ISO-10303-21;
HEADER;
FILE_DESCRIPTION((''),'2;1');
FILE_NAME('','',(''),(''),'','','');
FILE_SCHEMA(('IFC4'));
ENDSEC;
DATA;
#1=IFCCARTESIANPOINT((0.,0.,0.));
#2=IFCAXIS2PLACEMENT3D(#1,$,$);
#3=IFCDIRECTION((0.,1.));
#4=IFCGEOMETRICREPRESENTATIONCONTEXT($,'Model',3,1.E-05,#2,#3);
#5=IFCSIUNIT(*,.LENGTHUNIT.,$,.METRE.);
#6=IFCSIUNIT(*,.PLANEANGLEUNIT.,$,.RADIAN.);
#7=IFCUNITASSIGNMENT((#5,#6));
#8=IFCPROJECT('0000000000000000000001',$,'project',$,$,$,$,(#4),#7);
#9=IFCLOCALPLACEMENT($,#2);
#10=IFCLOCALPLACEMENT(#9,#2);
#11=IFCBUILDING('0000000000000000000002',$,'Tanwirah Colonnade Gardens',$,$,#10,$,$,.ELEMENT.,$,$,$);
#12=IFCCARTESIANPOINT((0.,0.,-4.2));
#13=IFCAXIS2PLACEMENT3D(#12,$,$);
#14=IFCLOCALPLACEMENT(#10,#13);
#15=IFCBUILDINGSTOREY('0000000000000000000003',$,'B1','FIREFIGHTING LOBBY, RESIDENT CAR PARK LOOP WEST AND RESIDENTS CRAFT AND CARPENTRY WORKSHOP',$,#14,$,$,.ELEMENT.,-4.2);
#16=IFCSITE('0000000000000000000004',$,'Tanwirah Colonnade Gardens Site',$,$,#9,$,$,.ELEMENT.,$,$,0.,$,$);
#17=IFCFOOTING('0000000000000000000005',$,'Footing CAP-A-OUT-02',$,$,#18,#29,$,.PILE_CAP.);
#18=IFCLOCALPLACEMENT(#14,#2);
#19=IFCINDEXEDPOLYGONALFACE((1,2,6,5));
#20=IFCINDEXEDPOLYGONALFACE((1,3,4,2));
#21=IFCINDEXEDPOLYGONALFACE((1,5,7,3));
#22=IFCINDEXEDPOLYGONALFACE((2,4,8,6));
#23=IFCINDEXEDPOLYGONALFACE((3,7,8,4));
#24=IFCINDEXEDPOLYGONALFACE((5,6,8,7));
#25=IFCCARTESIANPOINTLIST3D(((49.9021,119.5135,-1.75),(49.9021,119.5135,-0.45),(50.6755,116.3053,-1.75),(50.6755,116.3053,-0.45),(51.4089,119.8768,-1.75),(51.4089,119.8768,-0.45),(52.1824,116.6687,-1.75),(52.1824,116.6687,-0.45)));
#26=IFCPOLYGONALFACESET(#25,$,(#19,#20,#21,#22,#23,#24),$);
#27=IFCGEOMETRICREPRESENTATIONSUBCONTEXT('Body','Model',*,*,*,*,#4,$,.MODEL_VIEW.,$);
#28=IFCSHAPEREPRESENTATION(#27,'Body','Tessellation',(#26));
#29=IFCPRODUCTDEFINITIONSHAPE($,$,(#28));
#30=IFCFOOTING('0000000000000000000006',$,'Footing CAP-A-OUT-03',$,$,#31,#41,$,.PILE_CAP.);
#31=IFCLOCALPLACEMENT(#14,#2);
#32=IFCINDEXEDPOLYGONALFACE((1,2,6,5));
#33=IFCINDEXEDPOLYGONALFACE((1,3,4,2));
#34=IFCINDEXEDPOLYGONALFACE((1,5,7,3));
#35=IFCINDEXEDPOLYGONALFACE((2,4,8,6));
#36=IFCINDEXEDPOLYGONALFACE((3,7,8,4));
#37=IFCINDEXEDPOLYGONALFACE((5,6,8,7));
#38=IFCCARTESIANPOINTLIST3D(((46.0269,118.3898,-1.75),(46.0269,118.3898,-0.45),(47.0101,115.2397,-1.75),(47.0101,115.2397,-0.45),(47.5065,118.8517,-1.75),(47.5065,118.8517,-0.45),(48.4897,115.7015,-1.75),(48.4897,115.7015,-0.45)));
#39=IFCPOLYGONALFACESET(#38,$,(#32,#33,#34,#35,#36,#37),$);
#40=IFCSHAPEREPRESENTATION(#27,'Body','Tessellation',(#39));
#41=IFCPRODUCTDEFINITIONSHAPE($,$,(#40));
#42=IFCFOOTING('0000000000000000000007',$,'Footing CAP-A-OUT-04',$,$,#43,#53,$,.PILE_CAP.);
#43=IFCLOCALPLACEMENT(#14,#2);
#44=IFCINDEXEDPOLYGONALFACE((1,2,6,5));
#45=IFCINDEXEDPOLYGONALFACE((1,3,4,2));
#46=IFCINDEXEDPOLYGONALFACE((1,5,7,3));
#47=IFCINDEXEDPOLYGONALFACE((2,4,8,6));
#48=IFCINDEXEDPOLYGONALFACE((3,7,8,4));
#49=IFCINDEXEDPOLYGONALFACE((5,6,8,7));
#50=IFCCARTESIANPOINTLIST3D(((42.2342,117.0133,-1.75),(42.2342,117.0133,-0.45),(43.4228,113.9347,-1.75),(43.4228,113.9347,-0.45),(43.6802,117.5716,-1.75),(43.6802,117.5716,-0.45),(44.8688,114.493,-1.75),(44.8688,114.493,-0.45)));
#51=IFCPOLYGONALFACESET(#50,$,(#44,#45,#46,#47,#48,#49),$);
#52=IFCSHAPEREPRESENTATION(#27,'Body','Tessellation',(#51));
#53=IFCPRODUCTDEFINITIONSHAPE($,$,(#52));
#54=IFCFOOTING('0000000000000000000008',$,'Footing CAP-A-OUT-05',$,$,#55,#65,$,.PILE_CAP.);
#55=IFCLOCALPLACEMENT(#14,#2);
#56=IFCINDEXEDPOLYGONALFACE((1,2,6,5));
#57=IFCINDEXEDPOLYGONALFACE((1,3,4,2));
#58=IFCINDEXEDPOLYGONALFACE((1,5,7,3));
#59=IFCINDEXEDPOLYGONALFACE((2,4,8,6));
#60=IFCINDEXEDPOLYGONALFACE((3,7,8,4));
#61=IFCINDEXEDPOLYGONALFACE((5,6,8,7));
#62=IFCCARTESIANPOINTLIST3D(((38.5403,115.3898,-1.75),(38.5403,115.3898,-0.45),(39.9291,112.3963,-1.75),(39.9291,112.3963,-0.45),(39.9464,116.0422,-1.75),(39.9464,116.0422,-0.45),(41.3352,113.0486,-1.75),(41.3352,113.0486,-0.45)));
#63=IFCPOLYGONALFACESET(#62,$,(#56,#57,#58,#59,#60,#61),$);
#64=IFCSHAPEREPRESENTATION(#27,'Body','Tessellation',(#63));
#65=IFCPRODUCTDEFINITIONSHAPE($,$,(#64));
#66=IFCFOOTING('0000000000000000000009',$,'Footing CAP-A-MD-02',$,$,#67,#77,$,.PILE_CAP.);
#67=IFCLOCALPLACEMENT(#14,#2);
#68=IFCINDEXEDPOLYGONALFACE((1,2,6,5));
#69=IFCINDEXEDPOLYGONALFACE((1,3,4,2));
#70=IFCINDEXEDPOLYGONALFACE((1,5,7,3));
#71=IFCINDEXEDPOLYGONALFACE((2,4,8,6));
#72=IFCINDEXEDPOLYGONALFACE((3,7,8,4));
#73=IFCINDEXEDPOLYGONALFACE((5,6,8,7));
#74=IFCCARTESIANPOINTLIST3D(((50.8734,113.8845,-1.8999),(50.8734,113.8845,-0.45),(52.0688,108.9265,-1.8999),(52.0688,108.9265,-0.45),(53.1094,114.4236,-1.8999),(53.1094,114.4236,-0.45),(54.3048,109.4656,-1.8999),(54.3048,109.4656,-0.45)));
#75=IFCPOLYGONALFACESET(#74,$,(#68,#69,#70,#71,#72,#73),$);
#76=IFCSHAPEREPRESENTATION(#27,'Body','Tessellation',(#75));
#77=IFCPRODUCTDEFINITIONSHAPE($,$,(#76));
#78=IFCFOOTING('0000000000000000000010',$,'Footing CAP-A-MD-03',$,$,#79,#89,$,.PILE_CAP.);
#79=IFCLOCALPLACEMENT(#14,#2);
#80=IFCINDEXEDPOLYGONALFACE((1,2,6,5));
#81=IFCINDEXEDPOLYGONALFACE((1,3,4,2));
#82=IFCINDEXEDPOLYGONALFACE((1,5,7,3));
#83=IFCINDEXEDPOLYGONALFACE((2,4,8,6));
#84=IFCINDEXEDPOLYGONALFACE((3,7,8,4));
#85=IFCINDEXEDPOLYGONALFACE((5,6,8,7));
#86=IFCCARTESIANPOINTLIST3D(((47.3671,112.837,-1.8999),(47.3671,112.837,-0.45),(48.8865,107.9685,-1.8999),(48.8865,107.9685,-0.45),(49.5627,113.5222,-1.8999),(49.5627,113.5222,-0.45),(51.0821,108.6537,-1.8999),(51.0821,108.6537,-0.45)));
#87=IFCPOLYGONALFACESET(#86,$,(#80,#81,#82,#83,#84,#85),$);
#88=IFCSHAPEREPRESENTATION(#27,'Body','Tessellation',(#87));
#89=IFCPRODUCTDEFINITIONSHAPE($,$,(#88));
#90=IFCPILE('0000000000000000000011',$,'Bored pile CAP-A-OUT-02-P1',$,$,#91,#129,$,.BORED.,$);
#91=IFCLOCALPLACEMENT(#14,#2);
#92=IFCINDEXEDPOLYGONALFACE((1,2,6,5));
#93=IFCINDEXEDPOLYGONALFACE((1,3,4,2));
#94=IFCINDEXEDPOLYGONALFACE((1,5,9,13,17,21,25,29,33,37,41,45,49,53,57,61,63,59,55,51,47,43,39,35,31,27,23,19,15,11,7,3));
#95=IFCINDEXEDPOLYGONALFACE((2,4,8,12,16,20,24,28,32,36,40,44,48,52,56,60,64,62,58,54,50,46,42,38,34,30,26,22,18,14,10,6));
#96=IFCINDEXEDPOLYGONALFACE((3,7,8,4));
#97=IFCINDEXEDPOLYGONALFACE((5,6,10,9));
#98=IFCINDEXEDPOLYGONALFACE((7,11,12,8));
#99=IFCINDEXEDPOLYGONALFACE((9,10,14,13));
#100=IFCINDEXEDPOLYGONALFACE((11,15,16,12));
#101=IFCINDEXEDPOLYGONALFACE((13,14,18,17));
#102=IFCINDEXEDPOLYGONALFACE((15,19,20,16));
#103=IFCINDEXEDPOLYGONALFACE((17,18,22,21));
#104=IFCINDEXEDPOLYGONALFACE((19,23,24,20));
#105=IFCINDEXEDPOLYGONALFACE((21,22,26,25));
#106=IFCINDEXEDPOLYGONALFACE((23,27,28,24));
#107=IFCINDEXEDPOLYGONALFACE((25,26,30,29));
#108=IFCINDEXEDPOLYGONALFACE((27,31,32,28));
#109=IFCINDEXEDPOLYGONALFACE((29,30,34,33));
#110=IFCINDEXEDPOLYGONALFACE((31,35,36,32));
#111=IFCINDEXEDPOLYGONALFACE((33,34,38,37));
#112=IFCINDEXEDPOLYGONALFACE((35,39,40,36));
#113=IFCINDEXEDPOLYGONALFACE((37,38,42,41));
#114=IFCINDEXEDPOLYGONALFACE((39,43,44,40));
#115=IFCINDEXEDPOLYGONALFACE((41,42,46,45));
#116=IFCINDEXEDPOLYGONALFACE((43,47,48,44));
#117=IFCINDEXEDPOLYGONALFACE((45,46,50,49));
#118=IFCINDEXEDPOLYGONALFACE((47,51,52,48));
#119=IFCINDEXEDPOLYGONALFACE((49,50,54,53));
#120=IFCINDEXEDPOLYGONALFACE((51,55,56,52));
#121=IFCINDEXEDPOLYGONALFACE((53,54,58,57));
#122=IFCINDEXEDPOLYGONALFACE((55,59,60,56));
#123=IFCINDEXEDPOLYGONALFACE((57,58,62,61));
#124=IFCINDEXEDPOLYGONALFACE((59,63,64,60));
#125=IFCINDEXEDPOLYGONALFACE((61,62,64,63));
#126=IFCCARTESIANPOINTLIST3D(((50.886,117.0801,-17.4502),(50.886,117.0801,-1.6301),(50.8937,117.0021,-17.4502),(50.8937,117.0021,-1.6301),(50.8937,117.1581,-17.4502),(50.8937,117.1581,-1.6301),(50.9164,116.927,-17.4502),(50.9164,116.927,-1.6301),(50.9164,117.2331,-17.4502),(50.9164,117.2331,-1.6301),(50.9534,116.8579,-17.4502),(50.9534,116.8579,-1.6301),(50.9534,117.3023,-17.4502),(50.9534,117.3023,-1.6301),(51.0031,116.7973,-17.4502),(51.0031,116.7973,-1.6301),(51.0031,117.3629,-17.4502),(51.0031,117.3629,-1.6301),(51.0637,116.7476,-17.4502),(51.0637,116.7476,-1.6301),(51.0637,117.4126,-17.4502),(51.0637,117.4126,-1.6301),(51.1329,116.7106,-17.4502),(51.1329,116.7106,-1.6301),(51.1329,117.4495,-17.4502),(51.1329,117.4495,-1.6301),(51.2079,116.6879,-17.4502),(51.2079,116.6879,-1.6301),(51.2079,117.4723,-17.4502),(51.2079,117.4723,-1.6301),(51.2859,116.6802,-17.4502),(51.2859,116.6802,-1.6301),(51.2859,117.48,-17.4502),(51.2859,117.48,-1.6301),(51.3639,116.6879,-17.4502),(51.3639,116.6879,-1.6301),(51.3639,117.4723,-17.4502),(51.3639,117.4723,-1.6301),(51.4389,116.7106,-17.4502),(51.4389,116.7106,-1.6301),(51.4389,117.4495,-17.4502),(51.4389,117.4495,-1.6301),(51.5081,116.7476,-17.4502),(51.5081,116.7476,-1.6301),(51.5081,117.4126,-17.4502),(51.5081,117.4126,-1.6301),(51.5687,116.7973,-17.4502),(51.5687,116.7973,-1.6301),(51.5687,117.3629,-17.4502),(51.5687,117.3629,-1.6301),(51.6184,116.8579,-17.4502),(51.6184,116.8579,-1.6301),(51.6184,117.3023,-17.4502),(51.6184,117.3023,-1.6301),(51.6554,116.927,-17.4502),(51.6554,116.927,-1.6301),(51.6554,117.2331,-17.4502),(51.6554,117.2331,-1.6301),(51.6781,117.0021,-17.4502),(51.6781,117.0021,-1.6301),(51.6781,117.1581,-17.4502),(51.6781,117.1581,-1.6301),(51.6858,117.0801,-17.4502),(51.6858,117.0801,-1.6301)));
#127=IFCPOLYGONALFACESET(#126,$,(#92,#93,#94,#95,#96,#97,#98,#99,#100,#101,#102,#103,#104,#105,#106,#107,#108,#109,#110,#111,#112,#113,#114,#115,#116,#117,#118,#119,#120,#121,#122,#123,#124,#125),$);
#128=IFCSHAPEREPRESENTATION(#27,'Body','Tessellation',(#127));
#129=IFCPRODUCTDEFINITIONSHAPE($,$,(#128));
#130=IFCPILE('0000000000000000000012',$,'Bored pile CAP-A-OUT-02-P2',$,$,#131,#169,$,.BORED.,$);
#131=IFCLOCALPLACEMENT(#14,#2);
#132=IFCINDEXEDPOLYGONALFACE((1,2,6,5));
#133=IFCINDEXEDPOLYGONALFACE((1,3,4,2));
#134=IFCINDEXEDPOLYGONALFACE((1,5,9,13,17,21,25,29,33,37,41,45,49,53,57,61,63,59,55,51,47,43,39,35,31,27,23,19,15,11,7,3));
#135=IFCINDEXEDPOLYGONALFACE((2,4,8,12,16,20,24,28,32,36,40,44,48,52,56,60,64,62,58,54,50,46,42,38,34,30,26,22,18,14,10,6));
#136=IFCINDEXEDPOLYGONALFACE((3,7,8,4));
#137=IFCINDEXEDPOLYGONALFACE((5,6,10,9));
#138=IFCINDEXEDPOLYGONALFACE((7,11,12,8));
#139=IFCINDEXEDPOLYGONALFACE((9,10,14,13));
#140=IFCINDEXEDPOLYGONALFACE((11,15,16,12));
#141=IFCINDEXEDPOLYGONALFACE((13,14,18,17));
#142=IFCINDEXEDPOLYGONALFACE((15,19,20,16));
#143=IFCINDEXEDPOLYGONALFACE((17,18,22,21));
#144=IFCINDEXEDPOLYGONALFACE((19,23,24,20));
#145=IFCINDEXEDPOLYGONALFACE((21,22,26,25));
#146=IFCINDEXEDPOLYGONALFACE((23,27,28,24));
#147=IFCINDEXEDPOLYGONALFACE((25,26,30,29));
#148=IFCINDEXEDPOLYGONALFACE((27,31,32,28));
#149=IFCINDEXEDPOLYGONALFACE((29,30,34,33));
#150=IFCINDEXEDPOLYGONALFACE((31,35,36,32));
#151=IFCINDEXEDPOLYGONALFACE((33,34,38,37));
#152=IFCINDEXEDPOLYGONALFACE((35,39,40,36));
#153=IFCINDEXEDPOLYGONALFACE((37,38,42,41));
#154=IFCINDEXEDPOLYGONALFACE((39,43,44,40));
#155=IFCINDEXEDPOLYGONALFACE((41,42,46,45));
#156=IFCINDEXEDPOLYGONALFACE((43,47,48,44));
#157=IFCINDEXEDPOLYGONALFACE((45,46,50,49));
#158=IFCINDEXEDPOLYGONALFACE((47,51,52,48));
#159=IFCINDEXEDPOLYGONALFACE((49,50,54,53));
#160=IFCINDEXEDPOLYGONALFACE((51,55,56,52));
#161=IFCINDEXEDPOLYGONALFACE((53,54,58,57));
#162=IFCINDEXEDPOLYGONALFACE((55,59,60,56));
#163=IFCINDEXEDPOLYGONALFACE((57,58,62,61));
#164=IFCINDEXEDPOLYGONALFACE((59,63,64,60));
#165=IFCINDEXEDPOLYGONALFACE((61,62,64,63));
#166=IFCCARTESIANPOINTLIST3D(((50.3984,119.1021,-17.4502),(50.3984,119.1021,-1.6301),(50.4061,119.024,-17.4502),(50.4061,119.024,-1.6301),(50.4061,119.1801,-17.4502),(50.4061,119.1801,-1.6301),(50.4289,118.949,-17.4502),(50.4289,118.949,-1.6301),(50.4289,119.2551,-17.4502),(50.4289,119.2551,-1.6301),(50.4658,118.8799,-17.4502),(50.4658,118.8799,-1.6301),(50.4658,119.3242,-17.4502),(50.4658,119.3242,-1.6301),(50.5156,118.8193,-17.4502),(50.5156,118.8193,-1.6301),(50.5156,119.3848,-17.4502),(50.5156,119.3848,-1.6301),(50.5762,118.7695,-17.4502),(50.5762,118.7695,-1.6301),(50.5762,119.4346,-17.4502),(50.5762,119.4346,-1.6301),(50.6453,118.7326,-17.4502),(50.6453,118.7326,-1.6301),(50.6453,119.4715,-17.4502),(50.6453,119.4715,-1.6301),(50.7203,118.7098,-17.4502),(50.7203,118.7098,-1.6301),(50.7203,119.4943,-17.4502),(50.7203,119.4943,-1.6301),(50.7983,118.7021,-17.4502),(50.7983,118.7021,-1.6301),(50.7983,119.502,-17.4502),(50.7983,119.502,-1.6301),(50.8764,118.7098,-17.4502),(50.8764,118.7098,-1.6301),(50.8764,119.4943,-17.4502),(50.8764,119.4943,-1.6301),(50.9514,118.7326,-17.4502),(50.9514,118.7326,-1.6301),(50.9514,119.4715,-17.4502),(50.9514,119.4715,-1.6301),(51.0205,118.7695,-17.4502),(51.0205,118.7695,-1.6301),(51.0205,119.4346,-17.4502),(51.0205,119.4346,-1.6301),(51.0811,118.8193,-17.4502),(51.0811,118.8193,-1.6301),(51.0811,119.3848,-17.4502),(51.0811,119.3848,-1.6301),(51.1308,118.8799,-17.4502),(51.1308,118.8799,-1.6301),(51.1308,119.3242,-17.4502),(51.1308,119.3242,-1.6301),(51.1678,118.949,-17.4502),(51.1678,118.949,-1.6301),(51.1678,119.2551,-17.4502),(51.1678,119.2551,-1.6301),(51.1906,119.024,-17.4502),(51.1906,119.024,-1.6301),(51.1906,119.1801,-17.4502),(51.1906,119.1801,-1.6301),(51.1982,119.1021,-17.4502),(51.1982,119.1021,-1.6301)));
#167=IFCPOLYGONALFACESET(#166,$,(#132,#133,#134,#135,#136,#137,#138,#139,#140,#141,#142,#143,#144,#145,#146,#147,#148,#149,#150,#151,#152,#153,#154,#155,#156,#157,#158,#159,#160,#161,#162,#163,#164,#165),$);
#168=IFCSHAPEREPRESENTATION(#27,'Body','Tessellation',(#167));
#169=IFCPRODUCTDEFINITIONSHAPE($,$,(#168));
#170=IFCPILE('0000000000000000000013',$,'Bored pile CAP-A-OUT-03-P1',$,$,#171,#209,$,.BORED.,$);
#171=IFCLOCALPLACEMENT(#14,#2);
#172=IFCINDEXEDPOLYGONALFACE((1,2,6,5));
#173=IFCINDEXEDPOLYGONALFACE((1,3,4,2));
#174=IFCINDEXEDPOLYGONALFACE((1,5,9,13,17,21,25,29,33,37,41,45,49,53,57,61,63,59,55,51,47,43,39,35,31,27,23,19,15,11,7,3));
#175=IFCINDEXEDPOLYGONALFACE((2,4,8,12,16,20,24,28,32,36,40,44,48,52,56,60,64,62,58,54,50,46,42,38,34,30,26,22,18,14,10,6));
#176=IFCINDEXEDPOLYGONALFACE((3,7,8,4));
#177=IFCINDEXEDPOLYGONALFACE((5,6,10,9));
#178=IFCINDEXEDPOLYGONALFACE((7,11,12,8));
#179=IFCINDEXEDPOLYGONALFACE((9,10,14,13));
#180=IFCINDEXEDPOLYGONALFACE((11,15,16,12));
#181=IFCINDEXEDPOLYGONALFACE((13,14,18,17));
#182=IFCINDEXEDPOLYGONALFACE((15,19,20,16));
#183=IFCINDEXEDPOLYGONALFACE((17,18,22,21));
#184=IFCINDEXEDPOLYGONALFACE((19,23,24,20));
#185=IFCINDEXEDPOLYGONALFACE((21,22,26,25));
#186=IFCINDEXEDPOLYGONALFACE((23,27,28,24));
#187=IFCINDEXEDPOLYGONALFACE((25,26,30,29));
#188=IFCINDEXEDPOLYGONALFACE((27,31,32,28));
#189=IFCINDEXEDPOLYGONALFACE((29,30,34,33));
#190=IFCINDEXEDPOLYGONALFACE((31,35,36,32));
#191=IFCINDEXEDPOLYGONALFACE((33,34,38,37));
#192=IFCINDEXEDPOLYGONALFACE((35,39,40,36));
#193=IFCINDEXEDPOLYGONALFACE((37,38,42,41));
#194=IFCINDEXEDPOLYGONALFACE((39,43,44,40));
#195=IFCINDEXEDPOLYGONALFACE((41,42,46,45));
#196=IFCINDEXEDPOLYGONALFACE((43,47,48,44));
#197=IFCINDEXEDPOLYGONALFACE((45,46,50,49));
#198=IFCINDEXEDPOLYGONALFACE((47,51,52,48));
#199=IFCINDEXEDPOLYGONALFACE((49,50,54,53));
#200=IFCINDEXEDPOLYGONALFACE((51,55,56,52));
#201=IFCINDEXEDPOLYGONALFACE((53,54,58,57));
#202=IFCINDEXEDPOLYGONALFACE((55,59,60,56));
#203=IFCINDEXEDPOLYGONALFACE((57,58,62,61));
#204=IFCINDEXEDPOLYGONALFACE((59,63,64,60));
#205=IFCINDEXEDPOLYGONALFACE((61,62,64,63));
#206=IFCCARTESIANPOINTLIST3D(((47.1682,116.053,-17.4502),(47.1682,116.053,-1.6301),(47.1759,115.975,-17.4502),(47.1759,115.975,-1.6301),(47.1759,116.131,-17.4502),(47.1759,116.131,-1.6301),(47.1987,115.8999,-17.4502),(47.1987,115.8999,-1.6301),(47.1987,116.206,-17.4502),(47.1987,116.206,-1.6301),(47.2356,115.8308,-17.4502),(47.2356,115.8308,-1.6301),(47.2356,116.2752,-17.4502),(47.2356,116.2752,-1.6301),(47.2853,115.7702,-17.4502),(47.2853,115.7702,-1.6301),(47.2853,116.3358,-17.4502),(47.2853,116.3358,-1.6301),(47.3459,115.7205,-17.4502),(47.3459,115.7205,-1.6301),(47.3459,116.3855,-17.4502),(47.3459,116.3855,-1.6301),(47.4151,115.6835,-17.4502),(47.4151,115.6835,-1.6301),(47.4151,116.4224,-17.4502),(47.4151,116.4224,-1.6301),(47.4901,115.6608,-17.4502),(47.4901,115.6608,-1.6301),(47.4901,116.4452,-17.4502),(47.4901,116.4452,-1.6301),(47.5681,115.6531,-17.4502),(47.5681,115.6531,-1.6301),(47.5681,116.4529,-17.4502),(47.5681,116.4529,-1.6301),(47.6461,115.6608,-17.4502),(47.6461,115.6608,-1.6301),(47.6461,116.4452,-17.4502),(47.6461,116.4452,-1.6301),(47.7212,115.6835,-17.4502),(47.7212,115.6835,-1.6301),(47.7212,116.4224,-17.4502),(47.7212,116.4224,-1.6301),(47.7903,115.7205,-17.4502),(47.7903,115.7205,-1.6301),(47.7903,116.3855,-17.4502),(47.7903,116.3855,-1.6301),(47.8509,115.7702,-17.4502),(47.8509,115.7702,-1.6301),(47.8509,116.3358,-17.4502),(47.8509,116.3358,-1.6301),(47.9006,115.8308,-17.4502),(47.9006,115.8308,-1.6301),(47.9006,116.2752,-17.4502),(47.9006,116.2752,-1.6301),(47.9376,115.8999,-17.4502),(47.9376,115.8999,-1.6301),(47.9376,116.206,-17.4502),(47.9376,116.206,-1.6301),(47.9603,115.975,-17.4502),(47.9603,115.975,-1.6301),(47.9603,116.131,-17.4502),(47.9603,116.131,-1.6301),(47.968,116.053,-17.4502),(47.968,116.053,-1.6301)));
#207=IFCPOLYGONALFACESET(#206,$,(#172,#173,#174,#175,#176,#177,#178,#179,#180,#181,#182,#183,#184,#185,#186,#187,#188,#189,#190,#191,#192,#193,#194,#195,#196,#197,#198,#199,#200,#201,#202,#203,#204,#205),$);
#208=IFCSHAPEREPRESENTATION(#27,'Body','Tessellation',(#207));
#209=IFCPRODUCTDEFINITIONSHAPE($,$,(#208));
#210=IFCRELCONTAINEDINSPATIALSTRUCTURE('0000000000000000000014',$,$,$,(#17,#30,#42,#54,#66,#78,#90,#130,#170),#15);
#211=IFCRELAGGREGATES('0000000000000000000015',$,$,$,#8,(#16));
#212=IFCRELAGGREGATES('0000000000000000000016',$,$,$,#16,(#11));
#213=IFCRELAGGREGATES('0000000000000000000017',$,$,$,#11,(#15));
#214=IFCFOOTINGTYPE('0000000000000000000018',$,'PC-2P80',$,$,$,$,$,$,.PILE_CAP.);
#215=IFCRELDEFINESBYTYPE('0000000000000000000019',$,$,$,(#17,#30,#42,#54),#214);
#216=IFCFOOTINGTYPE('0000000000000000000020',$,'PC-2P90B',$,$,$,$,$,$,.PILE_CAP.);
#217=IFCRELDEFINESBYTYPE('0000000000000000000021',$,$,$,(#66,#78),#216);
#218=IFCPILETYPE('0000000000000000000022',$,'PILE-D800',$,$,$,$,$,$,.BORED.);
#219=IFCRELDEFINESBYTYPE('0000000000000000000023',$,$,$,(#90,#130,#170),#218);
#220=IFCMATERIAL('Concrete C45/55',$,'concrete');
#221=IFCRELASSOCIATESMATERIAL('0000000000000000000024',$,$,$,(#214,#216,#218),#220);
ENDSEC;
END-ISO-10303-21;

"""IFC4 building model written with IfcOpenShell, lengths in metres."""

from ifc_helpers import new_model, si_unit, direction, frame, origin, origin_2d, place, context, subcontext, project, spatial, rectangle, circle, extrude, material, material_profile, profile_set, type_object, element, save


model = new_model("IFC4")

# Units and contexts
model_context = context("Model", 3, precision=1e-05, world=origin(), true_north=direction((0.0, 1.0)))
body_context = subcontext(model_context, "Body", "Model", "MODEL_VIEW")
ifc_project = project(units=[si_unit("LENGTHUNIT", "METRE"), si_unit("PLANEANGLEUNIT", "RADIAN")], contexts=[model_context])

# Site, building, storey
site_placement = place(None, origin())
site = spatial("IfcSite", under=ifc_project, at=site_placement, Name="Tanwirah Colonnade Gardens Site", CompositionType="ELEMENT", RefElevation=0.0)
building_placement = place(site_placement, origin())
building = spatial("IfcBuilding", under=site, at=building_placement, Name="Tanwirah Colonnade Gardens", CompositionType="ELEMENT")
storey_placement = place(building_placement, frame((0.0, 0.0, -4.2)))
storey = spatial("IfcBuildingStorey", under=building, at=storey_placement, Name="B1", Description="FIREFIGHTING LOBBY, RESIDENT CAR PARK LOOP WEST AND RESIDENTS CRAFT AND CARPENTRY WORKSHOP", CompositionType="ELEMENT", Elevation=-4.2)

# Footings
ifc_material_1 = material(Name="Concrete C45/55", Category="concrete")
footing_type_1 = type_object("IfcFootingType", Name="PC-2P80", PredefinedType="PILE_CAP", material=ifc_material_1)
for number, where, z_axis, x_axis, name in (
    (1, (51.0422, 118.0911, -1.75), (0.0, 0.0, 1.0), (-0.234388, 0.972143, 0.0), "Footing CAP-A-OUT-02"),
    (2, (47.2583, 117.0457, -1.75), (0.0, 0.0, 1.0), (-0.29793, 0.954588, 0.0), "Footing CAP-A-OUT-03"),
    (3, (43.5515, 115.7532, -1.75), (0.0, 0.0, 1.0), (-0.360178, 0.932884, 0.0), "Footing CAP-A-OUT-04"),
    (4, (39.9377, 114.2192, -1.75), (0.0, 0.0, 1.0), (-0.42086, 0.907126, 0.0), "Footing CAP-A-OUT-05"),
):
    element("IfcFooting", number, at=place(storey_placement, frame(where, z_axis=z_axis, x_axis=x_axis)), inside=storey, type_object=footing_type_1, Name=name, PredefinedType="PILE_CAP", context=body_context, shape_type="SweptSolid", body=[
        extrude(rectangle(XDim=3.3, YDim=1.55, at=origin_2d()), origin(), (0.0, 0.0, 1.0), 1.3),
    ])
footing_type_2 = type_object("IfcFootingType", Name="PC-2P90B", PredefinedType="PILE_CAP", material=ifc_material_1)
for number, where, z_axis, x_axis, name in (
    (5, (52.5891, 111.675, -1.8999), (0.0, 0.0, 1.0), (-0.234388, 0.972143, 0.0), "Footing CAP-A-MD-02"),
    (6, (49.2246, 110.7454, -1.8999), (0.0, 0.0, 1.0), (-0.29793, 0.954588, 0.0), "Footing CAP-A-MD-03"),
):
    element("IfcFooting", number, at=place(storey_placement, frame(where, z_axis=z_axis, x_axis=x_axis)), inside=storey, type_object=footing_type_2, Name=name, PredefinedType="PILE_CAP", context=body_context, shape_type="SweptSolid", body=[
        extrude(rectangle(XDim=5.1001, YDim=2.3, at=origin_2d()), origin(), (0.0, 0.0, 1.0), 1.45),
    ])

# Piles
ifc_material_profile_1 = material_profile(ifc_material_1, circle(Radius=0.3999, at=origin_2d()), Name="PILE D800")
ifc_profile_set_1 = profile_set([ifc_material_profile_1], Name="Concrete C45/55")
pile_type_1 = type_object("IfcPileType", Name="PILE-D800", PredefinedType="BORED", material=ifc_profile_set_1)
for number, where, z_axis, x_axis, name in (
    (7, (51.2859, 117.0801, -1.6301), (0.0, 0.0, -1.0), (1.0, 0.0, 0.0), "Bored pile CAP-A-OUT-02-P1"),
    (8, (50.7983, 119.1021, -1.6301), (0.0, 0.0, -1.0), (1.0, 0.0, 0.0), "Bored pile CAP-A-OUT-02-P2"),
    (9, (47.5681, 116.053, -1.6301), (0.0, 0.0, -1.0), (1.0, 0.0, 0.0), "Bored pile CAP-A-OUT-03-P1"),
):
    element("IfcPile", number, at=place(storey_placement, frame(where, z_axis=z_axis, x_axis=x_axis)), inside=storey, type_object=pile_type_1, Name=name, PredefinedType="BORED", context=body_context, shape_type="SweptSolid", body=[
        extrude(circle(Radius=0.3999, at=origin_2d()), origin(), (0.0, 0.0, 1.0), 15.8201),
    ])

save(model, "model.ifc")
